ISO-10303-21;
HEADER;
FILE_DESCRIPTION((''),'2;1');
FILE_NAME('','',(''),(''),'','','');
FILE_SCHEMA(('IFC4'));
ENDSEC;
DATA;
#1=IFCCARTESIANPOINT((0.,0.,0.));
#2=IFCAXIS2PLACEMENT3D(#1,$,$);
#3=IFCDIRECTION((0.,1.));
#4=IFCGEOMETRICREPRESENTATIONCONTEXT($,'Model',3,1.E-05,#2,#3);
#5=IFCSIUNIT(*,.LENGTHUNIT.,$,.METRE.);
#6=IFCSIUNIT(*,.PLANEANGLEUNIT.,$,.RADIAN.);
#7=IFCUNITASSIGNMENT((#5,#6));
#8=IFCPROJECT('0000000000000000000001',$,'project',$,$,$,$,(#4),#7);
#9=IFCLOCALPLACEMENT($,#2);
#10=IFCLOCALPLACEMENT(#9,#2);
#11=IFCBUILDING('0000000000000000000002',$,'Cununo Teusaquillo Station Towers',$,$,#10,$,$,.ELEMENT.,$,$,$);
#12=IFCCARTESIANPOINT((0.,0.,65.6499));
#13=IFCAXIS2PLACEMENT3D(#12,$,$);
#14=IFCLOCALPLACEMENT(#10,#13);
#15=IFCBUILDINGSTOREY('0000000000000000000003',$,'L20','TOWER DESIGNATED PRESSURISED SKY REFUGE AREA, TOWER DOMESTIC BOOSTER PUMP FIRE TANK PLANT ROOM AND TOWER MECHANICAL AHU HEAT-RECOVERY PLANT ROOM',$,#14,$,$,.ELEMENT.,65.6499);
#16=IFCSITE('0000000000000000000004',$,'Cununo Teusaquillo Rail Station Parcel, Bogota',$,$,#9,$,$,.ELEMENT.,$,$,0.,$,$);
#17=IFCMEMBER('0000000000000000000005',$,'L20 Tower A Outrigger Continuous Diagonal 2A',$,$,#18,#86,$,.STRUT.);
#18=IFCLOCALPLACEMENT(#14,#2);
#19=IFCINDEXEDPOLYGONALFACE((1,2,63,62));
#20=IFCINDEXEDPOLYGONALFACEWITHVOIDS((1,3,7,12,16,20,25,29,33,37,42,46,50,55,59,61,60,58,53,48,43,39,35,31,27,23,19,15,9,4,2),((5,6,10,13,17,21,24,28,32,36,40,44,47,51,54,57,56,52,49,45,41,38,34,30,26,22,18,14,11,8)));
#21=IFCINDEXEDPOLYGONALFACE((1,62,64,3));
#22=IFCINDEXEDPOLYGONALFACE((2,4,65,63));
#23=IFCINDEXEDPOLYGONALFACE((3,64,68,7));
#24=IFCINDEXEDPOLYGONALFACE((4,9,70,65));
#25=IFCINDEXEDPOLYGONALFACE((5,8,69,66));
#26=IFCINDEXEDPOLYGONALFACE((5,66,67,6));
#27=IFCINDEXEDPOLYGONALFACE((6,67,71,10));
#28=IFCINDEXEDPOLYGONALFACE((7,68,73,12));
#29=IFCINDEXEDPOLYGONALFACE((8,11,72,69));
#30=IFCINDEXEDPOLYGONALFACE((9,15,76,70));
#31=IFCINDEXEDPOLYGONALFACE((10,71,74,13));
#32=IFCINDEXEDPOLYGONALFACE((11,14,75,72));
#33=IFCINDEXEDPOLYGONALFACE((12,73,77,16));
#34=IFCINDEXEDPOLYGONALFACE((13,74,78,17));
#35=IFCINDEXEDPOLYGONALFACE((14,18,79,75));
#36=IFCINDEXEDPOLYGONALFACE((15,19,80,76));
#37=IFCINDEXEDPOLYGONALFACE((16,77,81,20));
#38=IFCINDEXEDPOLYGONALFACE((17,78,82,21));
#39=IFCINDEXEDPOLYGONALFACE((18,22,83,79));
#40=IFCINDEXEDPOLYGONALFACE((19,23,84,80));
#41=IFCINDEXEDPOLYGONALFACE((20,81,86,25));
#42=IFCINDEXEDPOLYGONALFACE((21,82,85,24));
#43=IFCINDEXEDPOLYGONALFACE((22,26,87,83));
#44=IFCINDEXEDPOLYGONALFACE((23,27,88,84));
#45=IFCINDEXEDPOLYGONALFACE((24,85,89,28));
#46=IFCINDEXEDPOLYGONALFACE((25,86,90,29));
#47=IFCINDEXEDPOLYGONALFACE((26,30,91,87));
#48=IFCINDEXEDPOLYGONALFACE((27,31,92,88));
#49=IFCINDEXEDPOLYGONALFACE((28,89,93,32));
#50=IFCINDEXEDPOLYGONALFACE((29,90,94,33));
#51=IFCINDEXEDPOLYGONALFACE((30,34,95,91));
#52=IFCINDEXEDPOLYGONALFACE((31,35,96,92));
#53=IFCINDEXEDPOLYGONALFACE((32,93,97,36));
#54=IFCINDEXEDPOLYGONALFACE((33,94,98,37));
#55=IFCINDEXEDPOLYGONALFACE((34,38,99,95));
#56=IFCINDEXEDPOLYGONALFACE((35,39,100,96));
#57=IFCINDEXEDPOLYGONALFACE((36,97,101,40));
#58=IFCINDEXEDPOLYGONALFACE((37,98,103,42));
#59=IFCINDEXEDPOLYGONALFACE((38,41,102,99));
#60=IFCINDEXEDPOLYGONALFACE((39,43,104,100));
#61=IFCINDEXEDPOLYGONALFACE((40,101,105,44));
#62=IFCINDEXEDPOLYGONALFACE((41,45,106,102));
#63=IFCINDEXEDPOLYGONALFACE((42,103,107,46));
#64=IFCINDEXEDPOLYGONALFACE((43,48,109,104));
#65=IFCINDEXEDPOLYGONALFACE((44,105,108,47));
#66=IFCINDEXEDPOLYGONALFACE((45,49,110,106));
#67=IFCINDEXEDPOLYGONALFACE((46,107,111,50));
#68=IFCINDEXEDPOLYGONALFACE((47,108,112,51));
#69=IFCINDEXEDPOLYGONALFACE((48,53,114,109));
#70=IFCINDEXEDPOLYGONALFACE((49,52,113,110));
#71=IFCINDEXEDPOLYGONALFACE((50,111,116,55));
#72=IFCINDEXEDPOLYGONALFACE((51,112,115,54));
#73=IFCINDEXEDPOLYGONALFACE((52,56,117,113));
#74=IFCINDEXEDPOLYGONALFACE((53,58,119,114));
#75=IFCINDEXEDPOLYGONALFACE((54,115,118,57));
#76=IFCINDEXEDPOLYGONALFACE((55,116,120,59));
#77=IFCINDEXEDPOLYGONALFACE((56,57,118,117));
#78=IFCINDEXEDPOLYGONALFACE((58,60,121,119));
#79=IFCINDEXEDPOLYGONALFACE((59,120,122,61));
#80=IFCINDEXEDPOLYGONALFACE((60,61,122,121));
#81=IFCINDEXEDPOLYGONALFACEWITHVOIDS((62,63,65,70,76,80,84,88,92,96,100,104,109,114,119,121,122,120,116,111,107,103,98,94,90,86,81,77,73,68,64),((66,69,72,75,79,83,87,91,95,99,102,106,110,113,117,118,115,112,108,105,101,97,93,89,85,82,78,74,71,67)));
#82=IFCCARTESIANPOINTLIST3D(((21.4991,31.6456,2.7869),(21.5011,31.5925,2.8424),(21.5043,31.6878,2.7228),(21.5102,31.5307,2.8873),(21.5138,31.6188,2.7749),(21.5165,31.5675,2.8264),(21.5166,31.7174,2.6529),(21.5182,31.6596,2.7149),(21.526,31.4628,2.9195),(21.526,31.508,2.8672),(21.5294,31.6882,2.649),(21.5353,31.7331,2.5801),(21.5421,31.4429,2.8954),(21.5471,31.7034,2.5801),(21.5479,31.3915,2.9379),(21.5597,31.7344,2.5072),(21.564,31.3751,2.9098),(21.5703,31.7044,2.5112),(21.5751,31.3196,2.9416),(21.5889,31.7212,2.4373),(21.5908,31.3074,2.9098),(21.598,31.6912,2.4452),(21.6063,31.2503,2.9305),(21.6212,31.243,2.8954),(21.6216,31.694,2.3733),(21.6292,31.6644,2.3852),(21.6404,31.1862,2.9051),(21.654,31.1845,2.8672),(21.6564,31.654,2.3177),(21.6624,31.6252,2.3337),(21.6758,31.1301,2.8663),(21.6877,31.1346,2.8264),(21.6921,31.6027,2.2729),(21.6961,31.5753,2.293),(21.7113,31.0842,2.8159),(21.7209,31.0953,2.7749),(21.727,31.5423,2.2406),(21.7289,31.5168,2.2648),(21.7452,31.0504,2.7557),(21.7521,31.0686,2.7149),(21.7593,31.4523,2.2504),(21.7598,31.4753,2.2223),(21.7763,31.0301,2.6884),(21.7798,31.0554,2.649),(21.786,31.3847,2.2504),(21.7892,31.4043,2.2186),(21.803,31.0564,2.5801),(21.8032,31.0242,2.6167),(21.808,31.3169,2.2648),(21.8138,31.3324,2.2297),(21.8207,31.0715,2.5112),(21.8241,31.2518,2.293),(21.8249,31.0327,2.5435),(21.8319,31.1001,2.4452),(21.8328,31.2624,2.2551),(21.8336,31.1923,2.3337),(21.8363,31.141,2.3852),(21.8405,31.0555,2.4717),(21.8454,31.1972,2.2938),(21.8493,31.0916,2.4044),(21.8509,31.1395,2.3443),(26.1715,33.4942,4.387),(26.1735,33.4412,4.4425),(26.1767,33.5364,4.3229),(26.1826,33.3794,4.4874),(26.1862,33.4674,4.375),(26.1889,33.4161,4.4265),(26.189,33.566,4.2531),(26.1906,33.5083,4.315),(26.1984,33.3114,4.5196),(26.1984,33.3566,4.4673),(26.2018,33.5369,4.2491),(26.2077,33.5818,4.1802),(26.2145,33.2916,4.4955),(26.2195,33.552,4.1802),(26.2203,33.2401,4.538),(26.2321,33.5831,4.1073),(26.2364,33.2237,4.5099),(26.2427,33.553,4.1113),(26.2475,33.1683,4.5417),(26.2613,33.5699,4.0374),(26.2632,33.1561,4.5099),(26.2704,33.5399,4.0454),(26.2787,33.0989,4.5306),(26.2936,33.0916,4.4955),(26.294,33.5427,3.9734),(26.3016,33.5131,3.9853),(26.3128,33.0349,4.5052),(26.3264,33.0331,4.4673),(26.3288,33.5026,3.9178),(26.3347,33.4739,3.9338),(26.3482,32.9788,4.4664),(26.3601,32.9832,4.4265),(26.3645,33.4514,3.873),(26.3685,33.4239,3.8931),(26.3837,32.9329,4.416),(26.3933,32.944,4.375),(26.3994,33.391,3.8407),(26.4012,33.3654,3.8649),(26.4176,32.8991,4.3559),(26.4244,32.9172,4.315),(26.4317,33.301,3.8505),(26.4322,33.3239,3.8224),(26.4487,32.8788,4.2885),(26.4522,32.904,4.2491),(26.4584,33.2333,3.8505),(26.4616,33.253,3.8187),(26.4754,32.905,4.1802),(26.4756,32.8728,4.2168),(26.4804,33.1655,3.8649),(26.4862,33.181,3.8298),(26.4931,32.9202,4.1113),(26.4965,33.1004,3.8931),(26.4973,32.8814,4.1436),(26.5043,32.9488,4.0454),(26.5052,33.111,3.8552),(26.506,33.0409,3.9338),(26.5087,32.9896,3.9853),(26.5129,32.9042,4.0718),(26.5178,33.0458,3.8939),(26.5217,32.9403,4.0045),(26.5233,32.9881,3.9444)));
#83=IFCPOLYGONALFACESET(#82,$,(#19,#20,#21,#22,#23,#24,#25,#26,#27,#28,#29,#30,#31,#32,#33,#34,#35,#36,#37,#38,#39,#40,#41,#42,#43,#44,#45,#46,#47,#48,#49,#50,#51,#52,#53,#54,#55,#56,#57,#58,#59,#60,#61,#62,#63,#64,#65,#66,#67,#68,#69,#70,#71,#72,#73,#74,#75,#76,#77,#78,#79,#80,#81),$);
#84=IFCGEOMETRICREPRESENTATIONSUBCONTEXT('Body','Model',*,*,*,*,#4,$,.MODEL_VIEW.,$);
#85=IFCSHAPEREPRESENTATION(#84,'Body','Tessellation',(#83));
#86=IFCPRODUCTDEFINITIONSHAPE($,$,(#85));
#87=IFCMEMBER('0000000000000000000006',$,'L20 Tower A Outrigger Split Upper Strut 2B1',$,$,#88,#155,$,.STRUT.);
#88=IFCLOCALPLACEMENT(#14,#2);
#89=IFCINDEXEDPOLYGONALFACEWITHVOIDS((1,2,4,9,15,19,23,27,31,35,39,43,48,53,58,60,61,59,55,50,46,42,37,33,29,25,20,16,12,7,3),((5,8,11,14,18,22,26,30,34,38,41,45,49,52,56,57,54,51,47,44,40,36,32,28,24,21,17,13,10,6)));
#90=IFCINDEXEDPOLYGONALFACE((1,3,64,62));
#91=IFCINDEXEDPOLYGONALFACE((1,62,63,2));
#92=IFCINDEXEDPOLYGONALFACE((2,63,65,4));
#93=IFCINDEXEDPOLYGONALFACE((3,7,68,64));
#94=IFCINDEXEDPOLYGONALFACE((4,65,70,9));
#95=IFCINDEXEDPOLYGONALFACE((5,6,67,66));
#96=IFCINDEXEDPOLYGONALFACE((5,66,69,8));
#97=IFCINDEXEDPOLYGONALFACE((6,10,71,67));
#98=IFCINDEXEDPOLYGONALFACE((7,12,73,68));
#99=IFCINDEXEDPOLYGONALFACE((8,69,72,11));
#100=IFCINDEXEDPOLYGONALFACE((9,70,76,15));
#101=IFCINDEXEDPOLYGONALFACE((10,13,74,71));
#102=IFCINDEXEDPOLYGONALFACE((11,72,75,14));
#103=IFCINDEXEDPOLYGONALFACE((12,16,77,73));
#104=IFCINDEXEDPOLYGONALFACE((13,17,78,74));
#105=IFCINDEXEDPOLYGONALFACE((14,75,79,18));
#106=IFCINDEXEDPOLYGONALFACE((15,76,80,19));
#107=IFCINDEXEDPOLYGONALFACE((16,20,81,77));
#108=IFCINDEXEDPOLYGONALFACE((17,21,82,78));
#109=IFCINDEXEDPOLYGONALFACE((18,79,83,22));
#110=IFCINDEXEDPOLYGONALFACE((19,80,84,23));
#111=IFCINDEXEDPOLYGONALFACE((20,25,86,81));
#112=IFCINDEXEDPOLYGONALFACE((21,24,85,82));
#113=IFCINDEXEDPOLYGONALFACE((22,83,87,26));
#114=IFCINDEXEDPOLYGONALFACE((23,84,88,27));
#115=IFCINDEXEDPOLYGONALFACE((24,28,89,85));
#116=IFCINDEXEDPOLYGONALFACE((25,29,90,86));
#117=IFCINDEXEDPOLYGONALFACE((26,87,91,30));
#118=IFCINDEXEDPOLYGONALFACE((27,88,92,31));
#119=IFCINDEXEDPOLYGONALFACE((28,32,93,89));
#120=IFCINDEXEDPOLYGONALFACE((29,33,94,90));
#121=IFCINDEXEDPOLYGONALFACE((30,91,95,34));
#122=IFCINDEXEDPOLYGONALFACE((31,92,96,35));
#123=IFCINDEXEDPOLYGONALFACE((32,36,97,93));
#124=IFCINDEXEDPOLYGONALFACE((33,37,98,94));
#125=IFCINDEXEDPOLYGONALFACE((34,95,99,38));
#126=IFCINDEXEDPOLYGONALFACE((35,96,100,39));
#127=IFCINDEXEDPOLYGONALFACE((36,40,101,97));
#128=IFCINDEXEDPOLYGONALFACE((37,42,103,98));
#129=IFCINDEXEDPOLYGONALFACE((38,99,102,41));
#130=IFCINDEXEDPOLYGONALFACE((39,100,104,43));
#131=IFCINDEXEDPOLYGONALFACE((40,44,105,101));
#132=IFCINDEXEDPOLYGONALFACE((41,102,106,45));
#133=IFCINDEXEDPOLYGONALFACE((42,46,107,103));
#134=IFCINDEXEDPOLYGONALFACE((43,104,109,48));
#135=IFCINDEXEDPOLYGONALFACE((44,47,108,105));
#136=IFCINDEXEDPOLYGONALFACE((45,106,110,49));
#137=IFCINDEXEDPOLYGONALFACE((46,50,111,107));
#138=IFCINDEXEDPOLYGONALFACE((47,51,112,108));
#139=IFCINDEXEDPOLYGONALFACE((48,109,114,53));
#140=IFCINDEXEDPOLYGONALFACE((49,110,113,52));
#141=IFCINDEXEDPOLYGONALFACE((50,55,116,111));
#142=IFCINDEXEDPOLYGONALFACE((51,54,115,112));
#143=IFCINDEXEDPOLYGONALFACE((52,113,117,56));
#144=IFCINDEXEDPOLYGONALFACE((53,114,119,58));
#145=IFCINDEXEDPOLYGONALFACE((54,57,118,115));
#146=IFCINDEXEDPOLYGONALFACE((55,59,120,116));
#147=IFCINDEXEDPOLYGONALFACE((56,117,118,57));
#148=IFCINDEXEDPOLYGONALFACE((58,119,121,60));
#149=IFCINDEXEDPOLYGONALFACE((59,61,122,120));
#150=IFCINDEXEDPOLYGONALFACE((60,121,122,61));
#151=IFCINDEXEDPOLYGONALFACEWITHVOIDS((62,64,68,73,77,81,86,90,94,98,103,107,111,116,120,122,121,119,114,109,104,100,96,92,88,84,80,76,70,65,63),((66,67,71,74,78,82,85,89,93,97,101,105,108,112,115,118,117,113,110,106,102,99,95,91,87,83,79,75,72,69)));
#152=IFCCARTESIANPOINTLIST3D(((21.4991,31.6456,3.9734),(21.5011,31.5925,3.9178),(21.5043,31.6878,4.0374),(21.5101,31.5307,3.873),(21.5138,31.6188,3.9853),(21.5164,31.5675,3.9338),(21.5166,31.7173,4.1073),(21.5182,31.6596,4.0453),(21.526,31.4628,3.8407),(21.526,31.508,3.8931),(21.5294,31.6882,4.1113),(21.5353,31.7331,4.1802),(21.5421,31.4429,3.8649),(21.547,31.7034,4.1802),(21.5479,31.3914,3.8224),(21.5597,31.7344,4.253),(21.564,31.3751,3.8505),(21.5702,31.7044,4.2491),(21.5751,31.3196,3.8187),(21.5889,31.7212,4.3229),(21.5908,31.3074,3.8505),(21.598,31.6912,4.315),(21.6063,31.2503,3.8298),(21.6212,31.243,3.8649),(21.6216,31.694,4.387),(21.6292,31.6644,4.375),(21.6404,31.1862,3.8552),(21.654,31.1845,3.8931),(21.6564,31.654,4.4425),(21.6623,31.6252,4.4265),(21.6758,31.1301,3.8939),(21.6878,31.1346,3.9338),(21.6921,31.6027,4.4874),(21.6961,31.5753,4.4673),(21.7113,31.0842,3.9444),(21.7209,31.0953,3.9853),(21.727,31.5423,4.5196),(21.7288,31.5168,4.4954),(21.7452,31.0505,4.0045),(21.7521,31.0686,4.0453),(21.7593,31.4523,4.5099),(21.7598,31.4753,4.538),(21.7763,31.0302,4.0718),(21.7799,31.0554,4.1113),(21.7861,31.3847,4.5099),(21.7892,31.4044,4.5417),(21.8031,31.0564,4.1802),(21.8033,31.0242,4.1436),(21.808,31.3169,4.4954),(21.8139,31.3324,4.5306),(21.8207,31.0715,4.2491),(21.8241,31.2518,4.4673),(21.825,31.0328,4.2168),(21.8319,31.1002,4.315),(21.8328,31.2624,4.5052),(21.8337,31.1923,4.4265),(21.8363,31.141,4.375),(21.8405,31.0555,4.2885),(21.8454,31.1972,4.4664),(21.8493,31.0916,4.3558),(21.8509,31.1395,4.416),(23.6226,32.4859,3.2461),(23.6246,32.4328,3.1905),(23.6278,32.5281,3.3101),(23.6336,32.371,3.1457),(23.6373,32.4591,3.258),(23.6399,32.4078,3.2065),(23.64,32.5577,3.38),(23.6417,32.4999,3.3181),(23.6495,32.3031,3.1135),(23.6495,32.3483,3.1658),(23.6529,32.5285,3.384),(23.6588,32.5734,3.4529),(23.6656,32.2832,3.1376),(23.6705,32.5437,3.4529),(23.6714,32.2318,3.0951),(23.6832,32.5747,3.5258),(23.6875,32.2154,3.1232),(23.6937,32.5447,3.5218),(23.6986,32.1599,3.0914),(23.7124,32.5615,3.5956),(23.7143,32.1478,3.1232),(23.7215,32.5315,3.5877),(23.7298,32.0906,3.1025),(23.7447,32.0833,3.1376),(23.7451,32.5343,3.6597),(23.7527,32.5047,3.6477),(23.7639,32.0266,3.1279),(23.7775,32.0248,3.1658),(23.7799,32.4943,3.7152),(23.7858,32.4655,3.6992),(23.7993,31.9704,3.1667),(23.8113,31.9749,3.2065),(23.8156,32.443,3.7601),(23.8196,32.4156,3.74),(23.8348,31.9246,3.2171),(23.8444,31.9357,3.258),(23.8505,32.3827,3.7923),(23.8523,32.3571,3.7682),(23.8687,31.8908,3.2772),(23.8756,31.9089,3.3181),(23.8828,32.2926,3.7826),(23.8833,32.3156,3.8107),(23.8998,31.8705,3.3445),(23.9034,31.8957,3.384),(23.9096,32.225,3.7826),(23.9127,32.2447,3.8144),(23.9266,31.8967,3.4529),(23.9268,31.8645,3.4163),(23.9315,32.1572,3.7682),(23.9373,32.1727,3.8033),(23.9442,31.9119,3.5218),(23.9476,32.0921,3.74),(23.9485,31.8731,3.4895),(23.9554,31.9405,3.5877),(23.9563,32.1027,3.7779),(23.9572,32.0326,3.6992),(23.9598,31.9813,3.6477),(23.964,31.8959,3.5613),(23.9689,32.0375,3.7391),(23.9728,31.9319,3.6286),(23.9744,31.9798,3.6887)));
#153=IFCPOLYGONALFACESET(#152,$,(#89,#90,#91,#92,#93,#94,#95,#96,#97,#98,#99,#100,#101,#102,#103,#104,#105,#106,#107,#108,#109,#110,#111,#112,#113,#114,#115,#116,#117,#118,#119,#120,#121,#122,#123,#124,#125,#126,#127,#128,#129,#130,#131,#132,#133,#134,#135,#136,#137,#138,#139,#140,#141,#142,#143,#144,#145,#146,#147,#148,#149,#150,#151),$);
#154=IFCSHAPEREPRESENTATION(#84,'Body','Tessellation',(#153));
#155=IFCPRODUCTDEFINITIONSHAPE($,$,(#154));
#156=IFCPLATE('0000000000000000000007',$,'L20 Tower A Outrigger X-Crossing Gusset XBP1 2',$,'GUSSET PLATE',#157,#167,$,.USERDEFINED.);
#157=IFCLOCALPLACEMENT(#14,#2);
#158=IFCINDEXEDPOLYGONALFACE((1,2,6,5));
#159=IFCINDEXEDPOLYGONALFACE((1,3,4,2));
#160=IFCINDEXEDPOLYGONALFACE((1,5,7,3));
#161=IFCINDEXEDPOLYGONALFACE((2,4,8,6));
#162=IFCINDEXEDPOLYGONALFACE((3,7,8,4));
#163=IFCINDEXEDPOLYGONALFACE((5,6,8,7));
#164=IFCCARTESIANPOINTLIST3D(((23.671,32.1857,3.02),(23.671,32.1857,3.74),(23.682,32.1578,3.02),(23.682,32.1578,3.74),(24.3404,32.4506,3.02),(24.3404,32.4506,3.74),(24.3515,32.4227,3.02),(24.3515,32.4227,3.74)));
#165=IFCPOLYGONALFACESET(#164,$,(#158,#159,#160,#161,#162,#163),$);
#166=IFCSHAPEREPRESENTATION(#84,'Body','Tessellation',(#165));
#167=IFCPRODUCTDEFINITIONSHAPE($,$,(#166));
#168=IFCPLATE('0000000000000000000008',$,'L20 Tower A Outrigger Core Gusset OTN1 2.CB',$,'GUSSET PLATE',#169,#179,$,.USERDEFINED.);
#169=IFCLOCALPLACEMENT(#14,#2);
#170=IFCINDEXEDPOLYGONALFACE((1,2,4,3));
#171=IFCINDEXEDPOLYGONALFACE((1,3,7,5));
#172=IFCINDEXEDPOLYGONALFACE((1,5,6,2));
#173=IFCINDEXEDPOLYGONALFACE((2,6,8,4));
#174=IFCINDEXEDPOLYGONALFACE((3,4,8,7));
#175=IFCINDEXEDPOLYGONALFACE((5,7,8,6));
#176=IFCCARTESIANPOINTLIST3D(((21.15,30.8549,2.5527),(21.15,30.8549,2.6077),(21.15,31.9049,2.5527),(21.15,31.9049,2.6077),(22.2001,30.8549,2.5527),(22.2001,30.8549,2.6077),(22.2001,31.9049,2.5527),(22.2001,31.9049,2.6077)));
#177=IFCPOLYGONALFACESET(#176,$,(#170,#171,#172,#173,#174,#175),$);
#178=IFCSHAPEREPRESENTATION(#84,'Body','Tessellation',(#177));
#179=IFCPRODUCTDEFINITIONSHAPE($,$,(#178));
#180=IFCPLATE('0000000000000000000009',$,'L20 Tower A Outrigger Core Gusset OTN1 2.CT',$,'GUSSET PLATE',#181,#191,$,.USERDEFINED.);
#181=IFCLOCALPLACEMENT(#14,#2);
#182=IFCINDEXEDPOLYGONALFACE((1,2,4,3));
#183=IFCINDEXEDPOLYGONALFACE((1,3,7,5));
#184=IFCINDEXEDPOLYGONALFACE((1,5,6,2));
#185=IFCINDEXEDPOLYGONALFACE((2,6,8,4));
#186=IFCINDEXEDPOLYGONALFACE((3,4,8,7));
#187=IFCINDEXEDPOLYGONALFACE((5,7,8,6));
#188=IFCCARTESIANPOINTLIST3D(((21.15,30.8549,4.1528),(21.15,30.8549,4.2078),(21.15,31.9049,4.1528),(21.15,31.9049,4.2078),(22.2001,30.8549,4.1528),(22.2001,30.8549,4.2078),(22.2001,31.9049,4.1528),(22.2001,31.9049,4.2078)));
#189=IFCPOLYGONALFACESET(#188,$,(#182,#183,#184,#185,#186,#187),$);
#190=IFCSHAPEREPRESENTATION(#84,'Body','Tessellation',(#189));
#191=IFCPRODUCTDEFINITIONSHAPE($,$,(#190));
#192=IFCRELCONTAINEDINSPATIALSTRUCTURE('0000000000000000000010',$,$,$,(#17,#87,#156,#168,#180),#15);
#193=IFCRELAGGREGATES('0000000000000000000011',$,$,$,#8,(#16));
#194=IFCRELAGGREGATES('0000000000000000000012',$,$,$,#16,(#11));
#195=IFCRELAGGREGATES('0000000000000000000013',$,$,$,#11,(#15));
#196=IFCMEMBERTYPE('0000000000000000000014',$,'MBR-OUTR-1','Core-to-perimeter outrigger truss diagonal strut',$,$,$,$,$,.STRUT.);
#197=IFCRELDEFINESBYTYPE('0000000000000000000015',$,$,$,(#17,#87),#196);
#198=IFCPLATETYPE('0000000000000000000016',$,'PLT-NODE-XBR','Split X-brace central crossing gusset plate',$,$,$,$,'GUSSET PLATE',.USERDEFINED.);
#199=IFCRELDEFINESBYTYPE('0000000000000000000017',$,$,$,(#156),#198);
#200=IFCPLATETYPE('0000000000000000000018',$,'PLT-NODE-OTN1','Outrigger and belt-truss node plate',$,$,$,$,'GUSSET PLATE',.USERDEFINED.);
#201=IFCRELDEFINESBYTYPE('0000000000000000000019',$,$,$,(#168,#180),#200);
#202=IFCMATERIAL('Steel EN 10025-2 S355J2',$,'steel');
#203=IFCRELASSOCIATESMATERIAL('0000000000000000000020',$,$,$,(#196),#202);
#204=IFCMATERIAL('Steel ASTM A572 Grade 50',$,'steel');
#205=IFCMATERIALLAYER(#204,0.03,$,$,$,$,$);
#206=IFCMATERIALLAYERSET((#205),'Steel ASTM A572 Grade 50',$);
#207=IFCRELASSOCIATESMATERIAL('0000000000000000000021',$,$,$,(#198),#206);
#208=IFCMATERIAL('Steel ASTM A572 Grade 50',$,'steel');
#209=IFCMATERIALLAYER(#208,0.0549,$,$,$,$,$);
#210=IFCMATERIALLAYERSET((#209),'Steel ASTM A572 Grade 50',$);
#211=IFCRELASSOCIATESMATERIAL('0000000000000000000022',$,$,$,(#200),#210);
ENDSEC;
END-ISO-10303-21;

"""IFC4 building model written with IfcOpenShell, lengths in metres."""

from ifc_helpers import new_model, si_unit, direction, frame, origin, origin_2d, place, context, subcontext, project, spatial, rectangle, hollow_circle, extrude, source, transform, mapped, material, layer, layer_set, material_profile, profile_set, type_object, element, save


model = new_model("IFC4")

# Units and contexts
model_context = context("Model", 3, precision=1e-05, world=origin(), true_north=direction((0.0, 1.0)))
body_context = subcontext(model_context, "Body", "Model", "MODEL_VIEW")
ifc_project = project(units=[si_unit("LENGTHUNIT", "METRE"), si_unit("PLANEANGLEUNIT", "RADIAN")], contexts=[model_context])

# Site, building, storey
site_placement = place(None, origin())
site = spatial("IfcSite", under=ifc_project, at=site_placement, Name="Cununo Teusaquillo Rail Station Parcel, Bogota", CompositionType="ELEMENT", RefElevation=0.0)
building_placement = place(site_placement, origin())
building = spatial("IfcBuilding", under=site, at=building_placement, Name="Cununo Teusaquillo Station Towers", CompositionType="ELEMENT")
storey_placement = place(building_placement, frame((0.0, 0.0, 65.6499)))
storey = spatial("IfcBuildingStorey", under=building, at=storey_placement, Name="L20", Description="TOWER DESIGNATED PRESSURISED SKY REFUGE AREA, TOWER DOMESTIC BOOSTER PUMP FIRE TANK PLANT ROOM AND TOWER MECHANICAL AHU HEAT-RECOVERY PLANT ROOM", CompositionType="ELEMENT", Elevation=65.6499)

# Members
ifc_material_1 = material(Name="Steel EN 10025-2 S355J2", Category="steel")
ifc_material_profile_1 = material_profile(ifc_material_1, hollow_circle(Radius=0.3799, WallThickness=0.032, at=origin_2d()), Name="CHS 760x32")
ifc_profile_set_1 = profile_set([ifc_material_profile_1], Name="Steel EN 10025-2 S355J2")
member_type_1 = type_object("IfcMemberType", Name="MBR-OUTR-1", Description="Core-to-perimeter outrigger truss diagonal strut", PredefinedType="STRUT", material=ifc_profile_set_1)
member_1_placement = place(storey_placement, frame((21.675, 31.3799, 2.5801), z_axis=(0.886025, 0.350558, 0.303428), x_axis=(-0.367903, 0.929864, 0.0)))
element("IfcMember", 1, at=member_1_placement, inside=storey, type_object=member_type_1, Name="L20 Tower A Outrigger Continuous Diagonal 2A", PredefinedType="STRUT", context=body_context, shape_type="SweptSolid", body=[
    extrude(hollow_circle(Radius=0.3799, WallThickness=0.032, at=origin_2d()), origin(), (0.0, 0.0, 1.0), 5.2734),
])
member_2_placement = place(storey_placement, frame((21.675, 31.3799, 4.1802), z_axis=(0.885998, 0.35061, -0.303448), x_axis=(-0.36796, 0.929842, 0.0)))
element("IfcMember", 2, at=member_2_placement, inside=storey, type_object=member_type_1, Name="L20 Tower A Outrigger Split Upper Strut 2B1", PredefinedType="STRUT", context=body_context, shape_type="SweptSolid", body=[
    extrude(hollow_circle(Radius=0.3799, WallThickness=0.032, at=origin_2d()), origin(), (0.0, 0.0, 1.0), 2.3967),
])

# Plates
ifc_material_2 = material(Name="Steel ASTM A572 Grade 50", Category="steel")
ifc_layer_1 = layer(ifc_material_2, 0.03)
ifc_layer_set_1 = layer_set([ifc_layer_1], Name="Steel ASTM A572 Grade 50")
plate_type_1 = type_object("IfcPlateType", Name="PLT-NODE-XBR", Description="Split X-brace central crossing gusset plate", ElementType="GUSSET PLATE", PredefinedType="USERDEFINED", material=ifc_layer_set_1)
shared_shape_1 = source(origin(), body_context, "Body", "SweptSolid", [
    extrude(rectangle(XDim=0.72, YDim=0.03, at=origin_2d()), origin(), (0.0, 0.0, 1.0), 0.72),
])
plate_placement = place(storey_placement, frame((24.0112, 32.3042, 3.02), z_axis=(0.0, 0.0, 1.0), x_axis=(0.929841, 0.367962, 0.0)))
element("IfcPlate", 3, at=plate_placement, inside=storey, type_object=plate_type_1, Name="L20 Tower A Outrigger X-Crossing Gusset XBP1 2", ObjectType="GUSSET PLATE", PredefinedType="USERDEFINED", context=body_context, shape_type="MappedRepresentation", body=[
    mapped(shared_shape_1, transform((0.0, 0.0, 0.0), x_axis=(1.0, 0.0, 0.0), y_axis=(0.0, 1.0, 0.0), z_axis=(0.0, 0.0, 1.0), scale=1.0)),
])
ifc_material_3 = material(Name="Steel ASTM A572 Grade 50", Category="steel")
ifc_layer_2 = layer(ifc_material_3, 0.0549)
ifc_layer_set_2 = layer_set([ifc_layer_2], Name="Steel ASTM A572 Grade 50")
plate_type_2 = type_object("IfcPlateType", Name="PLT-NODE-OTN1", Description="Outrigger and belt-truss node plate", ElementType="GUSSET PLATE", PredefinedType="USERDEFINED", material=ifc_layer_set_2)
shared_shape_2 = source(origin(), body_context, "Body", "SweptSolid", [
    extrude(rectangle(XDim=1.05, YDim=1.05, at=origin_2d()), origin(), (0.0, 0.0, 1.0), 0.0549),
])
for number, where, z_axis, x_axis, name in (
    (4, (21.675, 31.3799, 2.5527), (0.0, 0.0, 1.0), (1.0, 0.0, 0.0), "L20 Tower A Outrigger Core Gusset OTN1 2.CB"),
    (5, (21.675, 31.3799, 4.1528), (0.0, 0.0, 1.0), (1.0, 0.0, 0.0), "L20 Tower A Outrigger Core Gusset OTN1 2.CT"),
):
    element("IfcPlate", number, at=place(storey_placement, frame(where, z_axis=z_axis, x_axis=x_axis)), inside=storey, type_object=plate_type_2, Name=name, ObjectType="GUSSET PLATE", PredefinedType="USERDEFINED", context=body_context, shape_type="MappedRepresentation", body=[
        mapped(shared_shape_2, transform((0.0, 0.0, 0.0), x_axis=(1.0, 0.0, 0.0), y_axis=(0.0, 1.0, 0.0), z_axis=(0.0, 0.0, 1.0), scale=1.0)),
    ])

save(model, "model.ifc")
